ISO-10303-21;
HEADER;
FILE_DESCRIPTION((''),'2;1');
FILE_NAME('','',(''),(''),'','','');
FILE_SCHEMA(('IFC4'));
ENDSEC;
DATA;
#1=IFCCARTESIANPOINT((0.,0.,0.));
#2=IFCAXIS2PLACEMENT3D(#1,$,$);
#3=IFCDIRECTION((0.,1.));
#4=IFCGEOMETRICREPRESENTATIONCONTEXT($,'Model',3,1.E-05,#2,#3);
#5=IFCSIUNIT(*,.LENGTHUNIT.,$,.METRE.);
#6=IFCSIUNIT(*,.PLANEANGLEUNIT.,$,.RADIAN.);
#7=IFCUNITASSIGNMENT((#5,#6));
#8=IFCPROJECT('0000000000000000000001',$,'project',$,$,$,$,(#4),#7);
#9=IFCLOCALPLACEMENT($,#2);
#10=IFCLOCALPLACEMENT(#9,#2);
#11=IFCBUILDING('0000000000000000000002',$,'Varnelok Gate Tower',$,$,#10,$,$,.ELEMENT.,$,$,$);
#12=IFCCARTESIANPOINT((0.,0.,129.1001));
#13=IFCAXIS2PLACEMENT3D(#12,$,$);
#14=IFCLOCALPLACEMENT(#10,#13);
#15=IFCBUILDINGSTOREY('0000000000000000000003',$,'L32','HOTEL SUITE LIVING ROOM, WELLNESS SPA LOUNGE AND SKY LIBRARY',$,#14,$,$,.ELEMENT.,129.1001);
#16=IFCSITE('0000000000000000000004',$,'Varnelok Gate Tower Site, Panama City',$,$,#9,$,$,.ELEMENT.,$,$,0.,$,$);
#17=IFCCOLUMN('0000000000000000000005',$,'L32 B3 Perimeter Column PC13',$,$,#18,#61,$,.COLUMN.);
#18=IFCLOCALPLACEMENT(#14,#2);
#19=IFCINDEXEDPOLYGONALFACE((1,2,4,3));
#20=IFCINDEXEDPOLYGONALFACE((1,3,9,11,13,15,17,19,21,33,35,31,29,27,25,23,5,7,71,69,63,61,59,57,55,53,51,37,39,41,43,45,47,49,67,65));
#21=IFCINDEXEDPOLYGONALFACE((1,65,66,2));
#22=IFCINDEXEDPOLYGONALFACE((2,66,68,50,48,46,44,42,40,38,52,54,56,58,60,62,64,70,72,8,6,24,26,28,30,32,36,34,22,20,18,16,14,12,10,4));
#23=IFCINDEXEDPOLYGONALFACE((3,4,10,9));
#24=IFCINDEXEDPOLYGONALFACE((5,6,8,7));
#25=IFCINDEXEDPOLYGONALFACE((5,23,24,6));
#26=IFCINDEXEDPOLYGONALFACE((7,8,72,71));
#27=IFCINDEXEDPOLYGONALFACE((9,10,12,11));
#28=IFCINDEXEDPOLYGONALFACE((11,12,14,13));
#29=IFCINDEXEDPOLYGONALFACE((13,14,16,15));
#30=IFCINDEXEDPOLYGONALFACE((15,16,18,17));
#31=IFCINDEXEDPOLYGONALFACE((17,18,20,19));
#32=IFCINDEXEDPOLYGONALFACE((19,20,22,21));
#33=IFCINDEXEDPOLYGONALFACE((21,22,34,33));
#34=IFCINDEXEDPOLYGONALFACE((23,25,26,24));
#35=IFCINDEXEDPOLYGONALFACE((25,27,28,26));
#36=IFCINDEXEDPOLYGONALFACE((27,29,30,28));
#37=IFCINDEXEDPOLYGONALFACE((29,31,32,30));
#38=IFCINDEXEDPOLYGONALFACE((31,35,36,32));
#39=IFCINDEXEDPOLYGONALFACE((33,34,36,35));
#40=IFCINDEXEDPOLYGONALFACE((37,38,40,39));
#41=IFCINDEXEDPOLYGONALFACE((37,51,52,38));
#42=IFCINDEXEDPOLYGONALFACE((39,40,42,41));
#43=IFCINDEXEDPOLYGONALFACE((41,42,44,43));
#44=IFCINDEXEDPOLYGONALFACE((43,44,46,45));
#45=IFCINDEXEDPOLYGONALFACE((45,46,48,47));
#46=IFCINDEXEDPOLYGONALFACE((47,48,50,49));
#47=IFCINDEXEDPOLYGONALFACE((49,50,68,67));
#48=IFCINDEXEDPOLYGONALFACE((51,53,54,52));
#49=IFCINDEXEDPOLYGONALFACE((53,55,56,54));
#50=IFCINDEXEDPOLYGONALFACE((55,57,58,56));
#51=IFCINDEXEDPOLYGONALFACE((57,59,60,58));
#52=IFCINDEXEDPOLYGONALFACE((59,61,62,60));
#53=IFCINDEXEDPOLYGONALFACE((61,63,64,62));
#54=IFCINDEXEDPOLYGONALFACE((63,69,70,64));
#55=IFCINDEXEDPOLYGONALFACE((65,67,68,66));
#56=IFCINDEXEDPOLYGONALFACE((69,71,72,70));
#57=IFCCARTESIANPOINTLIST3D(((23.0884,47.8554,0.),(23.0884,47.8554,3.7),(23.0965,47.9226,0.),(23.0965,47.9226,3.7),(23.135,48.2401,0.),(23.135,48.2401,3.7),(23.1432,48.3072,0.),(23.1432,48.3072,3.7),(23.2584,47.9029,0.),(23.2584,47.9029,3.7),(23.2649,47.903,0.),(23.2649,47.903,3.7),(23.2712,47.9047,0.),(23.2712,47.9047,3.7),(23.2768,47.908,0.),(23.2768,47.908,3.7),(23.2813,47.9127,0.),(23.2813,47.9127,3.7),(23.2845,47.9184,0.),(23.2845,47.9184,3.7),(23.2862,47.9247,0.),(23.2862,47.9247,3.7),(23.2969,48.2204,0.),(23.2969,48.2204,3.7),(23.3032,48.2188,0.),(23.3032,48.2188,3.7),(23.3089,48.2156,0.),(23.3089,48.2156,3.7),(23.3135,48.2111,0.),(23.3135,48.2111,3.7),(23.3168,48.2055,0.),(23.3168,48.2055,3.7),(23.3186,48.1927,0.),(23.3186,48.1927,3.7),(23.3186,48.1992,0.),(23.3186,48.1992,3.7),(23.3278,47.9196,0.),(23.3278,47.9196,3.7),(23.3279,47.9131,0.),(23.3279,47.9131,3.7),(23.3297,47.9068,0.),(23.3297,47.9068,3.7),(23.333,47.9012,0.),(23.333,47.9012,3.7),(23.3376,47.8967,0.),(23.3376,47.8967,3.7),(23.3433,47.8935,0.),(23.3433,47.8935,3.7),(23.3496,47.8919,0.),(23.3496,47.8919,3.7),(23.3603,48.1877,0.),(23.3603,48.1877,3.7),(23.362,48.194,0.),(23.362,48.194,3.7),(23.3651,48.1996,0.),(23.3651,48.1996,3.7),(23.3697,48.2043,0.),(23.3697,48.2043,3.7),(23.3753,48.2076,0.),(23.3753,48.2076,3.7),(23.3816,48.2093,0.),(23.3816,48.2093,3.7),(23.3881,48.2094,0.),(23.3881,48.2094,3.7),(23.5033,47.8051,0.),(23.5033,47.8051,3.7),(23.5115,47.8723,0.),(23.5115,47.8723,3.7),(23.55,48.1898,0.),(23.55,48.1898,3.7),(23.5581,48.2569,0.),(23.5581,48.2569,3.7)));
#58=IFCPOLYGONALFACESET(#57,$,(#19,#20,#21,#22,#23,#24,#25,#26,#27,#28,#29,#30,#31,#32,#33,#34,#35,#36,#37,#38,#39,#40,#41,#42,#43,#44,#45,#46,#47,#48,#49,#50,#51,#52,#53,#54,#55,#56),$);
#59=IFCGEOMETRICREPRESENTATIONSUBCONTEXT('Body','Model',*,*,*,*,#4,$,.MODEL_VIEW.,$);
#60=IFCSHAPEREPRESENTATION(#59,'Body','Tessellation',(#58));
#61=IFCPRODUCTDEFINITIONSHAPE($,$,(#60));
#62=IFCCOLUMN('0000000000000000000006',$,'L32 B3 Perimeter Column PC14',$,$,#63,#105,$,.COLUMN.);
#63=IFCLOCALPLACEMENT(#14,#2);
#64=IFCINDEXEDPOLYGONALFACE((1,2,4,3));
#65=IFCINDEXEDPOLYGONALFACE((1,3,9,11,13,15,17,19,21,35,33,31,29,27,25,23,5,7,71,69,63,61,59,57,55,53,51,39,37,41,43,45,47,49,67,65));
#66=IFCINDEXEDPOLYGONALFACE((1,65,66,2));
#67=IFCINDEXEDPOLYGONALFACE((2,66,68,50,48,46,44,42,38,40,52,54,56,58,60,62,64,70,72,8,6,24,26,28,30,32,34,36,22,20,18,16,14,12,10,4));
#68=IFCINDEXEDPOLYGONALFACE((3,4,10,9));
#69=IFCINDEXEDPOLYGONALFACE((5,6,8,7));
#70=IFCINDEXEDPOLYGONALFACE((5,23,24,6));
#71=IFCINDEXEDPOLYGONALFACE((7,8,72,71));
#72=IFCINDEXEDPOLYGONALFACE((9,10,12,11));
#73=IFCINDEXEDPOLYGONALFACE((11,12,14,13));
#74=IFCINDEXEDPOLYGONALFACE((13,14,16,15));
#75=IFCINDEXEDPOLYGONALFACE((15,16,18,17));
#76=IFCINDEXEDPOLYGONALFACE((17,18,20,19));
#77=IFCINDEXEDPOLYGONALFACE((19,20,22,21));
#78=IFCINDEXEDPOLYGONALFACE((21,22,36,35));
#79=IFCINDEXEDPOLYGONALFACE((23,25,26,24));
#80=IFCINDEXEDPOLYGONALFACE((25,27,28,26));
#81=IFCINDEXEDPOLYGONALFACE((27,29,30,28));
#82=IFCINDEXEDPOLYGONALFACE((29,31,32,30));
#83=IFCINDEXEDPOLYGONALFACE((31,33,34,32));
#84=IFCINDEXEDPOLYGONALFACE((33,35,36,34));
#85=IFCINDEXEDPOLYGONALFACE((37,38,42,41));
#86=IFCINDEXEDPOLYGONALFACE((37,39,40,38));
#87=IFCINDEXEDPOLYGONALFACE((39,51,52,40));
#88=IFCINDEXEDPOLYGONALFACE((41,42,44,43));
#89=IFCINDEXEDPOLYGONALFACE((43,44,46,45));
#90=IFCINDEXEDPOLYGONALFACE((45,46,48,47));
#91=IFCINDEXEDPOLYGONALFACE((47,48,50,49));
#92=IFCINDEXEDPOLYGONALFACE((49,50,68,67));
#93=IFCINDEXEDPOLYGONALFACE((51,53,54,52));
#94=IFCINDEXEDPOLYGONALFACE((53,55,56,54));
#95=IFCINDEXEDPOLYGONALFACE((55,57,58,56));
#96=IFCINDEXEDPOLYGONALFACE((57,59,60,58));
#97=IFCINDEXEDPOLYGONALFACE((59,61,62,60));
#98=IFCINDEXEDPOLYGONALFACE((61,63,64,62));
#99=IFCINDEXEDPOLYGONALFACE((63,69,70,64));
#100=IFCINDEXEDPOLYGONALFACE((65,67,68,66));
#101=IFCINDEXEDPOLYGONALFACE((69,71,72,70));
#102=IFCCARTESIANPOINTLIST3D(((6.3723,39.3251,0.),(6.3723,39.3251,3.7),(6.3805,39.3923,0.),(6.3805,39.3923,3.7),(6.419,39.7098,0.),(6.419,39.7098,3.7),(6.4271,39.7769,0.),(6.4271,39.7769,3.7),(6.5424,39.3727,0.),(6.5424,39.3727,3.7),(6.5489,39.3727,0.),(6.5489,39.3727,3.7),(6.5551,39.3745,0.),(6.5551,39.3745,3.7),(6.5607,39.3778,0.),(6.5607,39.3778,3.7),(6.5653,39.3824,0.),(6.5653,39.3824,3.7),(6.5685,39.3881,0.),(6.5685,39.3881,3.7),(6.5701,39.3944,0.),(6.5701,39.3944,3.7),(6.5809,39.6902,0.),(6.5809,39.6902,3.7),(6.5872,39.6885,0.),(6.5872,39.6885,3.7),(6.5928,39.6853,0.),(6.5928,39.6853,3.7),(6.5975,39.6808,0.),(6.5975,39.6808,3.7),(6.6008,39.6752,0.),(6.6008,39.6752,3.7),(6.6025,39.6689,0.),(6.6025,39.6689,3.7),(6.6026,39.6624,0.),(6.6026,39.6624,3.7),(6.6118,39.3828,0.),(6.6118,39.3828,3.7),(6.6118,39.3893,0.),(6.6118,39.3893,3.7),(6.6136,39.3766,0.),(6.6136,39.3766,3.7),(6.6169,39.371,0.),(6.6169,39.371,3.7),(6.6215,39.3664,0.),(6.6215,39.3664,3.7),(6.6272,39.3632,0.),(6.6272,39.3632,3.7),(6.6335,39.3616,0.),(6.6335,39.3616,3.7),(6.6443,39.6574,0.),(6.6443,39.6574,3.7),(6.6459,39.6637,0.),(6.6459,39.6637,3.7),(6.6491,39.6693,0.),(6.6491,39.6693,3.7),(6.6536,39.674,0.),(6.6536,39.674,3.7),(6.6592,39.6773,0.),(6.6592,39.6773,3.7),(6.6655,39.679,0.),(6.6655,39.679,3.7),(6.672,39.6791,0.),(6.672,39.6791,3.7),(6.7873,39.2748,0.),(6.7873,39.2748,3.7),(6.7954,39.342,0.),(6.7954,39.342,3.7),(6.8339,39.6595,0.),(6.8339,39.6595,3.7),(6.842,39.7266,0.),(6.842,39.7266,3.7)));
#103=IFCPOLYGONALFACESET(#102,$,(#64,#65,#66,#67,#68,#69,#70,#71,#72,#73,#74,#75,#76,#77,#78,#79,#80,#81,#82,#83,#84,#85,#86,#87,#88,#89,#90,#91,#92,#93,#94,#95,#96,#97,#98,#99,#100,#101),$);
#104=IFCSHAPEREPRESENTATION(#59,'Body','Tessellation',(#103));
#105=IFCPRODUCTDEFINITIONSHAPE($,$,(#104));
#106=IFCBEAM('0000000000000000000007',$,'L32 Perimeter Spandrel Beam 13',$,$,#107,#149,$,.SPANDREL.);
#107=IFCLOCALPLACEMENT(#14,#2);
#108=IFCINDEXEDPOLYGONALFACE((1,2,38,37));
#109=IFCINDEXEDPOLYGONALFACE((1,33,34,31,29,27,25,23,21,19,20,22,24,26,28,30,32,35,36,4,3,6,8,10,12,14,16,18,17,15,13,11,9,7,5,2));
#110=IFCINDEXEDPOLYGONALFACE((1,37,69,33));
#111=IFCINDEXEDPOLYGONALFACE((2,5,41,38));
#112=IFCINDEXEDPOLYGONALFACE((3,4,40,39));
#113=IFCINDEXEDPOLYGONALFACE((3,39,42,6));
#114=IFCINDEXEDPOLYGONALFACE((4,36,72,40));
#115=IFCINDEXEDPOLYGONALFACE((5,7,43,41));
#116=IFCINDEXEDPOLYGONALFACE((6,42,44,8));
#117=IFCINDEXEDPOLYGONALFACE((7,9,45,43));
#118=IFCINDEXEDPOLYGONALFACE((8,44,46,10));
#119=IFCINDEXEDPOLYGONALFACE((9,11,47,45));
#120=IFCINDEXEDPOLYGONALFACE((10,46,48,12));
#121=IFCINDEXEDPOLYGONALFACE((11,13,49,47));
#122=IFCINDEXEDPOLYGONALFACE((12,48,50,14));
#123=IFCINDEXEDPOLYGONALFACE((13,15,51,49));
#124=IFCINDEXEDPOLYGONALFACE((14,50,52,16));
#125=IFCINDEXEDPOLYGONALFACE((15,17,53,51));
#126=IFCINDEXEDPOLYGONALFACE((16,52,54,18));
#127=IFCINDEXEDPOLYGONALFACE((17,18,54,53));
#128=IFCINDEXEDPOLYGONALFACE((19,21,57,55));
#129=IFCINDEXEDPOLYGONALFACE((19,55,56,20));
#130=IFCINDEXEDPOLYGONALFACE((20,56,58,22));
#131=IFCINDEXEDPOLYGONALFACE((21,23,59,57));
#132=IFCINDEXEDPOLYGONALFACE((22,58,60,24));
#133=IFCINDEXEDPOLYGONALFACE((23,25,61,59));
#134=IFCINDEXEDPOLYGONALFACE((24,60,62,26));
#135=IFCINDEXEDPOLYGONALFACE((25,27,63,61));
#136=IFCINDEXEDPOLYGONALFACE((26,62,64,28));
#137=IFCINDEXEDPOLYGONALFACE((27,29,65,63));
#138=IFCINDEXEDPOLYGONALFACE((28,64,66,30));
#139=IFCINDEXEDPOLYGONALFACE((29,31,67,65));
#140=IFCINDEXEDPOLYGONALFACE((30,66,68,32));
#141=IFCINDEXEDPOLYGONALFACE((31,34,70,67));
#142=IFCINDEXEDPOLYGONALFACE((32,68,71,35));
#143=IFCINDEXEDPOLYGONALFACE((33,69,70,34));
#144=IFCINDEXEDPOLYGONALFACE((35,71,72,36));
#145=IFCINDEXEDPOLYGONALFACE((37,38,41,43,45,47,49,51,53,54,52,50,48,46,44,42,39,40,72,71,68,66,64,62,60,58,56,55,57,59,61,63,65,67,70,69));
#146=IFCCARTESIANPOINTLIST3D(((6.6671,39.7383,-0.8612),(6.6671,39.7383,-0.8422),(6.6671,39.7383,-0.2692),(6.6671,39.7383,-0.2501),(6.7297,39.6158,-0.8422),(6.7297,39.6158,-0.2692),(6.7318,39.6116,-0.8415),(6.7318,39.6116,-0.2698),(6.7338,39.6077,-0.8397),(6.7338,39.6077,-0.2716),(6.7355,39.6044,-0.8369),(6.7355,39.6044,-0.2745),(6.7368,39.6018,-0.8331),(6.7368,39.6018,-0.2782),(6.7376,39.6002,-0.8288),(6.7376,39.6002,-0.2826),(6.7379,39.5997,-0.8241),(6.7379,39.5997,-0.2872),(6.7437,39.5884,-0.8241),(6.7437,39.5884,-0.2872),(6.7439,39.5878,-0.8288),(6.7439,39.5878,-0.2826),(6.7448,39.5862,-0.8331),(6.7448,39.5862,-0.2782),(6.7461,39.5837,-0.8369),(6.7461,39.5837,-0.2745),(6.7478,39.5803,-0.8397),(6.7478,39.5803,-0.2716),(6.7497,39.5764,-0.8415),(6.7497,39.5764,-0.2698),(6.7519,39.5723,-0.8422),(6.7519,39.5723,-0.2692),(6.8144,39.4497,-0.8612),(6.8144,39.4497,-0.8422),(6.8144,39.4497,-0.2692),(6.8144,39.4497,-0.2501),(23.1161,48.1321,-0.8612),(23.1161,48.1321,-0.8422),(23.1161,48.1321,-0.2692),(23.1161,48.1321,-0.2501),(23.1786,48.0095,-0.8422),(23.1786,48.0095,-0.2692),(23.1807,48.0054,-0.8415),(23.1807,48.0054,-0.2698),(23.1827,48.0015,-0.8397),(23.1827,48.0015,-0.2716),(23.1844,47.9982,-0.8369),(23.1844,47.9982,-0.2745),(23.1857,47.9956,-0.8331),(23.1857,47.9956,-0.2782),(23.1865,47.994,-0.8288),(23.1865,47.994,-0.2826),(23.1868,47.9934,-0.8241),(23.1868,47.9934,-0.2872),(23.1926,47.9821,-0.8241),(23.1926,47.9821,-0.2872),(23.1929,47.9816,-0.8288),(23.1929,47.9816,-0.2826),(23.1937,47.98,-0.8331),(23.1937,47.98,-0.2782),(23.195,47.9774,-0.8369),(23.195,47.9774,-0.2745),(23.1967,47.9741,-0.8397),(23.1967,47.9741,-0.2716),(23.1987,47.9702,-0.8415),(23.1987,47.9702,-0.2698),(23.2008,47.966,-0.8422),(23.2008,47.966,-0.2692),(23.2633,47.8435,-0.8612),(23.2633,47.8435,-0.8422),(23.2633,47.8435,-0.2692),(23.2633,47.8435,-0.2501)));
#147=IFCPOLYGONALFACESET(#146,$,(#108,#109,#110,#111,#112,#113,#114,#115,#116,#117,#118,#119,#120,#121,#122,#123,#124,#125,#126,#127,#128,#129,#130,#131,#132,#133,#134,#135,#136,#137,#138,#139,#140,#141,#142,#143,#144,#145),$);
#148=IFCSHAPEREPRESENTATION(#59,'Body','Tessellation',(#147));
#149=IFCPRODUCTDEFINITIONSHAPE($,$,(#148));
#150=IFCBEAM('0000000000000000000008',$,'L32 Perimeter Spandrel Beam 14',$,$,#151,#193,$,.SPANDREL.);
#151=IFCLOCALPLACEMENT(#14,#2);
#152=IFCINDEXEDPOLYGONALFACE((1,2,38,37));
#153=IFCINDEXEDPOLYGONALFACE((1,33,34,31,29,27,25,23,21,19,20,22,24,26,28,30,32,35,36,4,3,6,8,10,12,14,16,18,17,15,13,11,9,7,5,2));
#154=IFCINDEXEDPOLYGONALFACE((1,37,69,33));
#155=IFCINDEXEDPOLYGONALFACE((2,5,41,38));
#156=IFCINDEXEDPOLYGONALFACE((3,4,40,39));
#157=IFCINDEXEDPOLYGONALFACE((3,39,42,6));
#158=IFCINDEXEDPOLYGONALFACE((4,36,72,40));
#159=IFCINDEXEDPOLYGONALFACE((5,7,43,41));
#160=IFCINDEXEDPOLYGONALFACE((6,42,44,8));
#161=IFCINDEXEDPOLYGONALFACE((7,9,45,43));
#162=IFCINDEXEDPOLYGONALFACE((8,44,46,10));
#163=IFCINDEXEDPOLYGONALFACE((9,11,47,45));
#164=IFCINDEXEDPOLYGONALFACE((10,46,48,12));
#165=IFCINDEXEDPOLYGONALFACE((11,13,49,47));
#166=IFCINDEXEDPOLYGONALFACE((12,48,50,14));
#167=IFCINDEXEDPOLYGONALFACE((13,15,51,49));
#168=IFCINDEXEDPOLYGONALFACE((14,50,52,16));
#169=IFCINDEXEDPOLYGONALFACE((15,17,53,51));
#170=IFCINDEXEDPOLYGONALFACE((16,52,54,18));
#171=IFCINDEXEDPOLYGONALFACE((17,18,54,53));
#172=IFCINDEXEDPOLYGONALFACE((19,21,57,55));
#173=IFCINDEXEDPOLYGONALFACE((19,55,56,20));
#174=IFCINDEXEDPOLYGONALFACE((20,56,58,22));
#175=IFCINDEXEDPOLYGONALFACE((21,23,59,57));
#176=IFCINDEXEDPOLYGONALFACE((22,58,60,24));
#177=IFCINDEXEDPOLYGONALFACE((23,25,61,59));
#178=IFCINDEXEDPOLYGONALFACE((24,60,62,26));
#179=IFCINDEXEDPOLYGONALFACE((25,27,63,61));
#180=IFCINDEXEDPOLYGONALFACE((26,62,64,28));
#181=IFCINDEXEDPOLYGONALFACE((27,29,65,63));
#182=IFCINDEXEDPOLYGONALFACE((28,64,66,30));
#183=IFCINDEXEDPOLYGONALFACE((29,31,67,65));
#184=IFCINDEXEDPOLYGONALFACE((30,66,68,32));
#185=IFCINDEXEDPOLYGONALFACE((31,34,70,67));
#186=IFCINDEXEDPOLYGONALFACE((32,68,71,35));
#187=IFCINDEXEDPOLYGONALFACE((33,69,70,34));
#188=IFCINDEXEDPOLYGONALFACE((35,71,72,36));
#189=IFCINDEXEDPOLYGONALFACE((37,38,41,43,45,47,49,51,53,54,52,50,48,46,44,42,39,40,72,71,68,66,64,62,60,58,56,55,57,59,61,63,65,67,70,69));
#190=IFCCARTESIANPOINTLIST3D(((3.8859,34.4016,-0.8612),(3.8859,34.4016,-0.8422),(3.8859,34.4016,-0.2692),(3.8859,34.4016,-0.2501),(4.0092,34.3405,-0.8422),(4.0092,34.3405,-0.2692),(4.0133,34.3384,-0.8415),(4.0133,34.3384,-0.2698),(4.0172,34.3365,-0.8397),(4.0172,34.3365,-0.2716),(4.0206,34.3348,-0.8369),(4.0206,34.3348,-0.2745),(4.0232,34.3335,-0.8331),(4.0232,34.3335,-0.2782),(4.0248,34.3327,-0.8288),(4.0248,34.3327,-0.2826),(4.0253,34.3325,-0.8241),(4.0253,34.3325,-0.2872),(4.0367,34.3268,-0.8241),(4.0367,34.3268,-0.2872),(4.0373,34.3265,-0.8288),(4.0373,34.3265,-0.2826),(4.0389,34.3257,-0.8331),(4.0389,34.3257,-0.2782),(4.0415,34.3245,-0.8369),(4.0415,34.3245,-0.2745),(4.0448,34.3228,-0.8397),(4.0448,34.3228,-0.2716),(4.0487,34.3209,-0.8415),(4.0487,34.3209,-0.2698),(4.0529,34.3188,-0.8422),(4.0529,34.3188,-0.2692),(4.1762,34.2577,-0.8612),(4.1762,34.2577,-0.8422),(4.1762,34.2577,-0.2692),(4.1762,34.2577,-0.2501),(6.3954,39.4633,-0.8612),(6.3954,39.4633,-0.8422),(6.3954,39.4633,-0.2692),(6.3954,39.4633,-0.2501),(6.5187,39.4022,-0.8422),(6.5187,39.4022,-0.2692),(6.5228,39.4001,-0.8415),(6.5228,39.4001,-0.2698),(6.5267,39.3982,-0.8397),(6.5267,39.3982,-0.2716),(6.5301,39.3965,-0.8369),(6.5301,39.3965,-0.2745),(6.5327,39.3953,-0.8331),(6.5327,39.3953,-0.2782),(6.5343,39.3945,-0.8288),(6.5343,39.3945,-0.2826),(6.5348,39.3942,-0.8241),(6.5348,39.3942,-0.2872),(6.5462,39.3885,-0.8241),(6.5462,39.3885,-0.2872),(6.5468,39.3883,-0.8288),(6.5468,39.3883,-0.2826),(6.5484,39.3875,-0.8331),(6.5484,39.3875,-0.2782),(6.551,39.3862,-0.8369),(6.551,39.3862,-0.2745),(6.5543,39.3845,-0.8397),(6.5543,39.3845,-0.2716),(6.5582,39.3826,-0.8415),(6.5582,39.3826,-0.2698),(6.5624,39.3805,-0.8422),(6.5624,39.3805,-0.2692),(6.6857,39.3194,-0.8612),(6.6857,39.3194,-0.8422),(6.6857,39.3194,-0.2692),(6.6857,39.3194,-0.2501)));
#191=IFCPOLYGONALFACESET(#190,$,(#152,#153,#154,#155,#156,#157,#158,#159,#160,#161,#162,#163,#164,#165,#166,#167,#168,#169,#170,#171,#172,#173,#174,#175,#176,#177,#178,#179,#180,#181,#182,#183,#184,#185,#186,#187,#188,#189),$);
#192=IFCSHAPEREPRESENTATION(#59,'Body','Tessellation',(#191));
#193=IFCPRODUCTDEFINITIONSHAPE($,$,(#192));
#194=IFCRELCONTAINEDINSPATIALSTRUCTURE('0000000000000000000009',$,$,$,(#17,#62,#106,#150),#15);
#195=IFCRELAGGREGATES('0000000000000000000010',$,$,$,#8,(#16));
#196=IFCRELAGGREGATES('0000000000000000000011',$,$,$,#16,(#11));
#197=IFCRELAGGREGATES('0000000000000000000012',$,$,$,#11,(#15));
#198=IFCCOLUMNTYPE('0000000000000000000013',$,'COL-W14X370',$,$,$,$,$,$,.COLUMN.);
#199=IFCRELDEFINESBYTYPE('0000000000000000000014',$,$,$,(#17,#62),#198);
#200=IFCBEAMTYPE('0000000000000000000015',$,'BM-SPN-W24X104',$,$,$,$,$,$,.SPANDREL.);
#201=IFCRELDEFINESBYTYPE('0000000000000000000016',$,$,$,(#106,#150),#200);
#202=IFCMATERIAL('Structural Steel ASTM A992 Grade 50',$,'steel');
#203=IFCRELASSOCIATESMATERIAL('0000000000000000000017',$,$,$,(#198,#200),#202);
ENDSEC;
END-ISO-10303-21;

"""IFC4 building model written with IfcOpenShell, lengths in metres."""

from ifc_helpers import new_model, si_unit, direction, frame, origin, origin_2d, place, context, subcontext, project, spatial, i_section, extrude, material, material_profile, profile_set, type_object, element, save


model = new_model("IFC4")

# Units and contexts
model_context = context("Model", 3, precision=1e-05, world=origin(), true_north=direction((0.0, 1.0)))
body_context = subcontext(model_context, "Body", "Model", "MODEL_VIEW")
ifc_project = project(units=[si_unit("LENGTHUNIT", "METRE"), si_unit("PLANEANGLEUNIT", "RADIAN")], contexts=[model_context])

# Site, building, storey
site_placement = place(None, origin())
site = spatial("IfcSite", under=ifc_project, at=site_placement, Name="Varnelok Gate Tower Site, Panama City", CompositionType="ELEMENT", RefElevation=0.0)
building_placement = place(site_placement, origin())
building = spatial("IfcBuilding", under=site, at=building_placement, Name="Varnelok Gate Tower", CompositionType="ELEMENT")
storey_placement = place(building_placement, frame((0.0, 0.0, 129.1001)))
storey = spatial("IfcBuildingStorey", under=building, at=storey_placement, Name="L32", Description="HOTEL SUITE LIVING ROOM, WELLNESS SPA LOUNGE AND SKY LIBRARY", CompositionType="ELEMENT", Elevation=129.1001)

# Columns
ifc_material_1 = material(Name="Structural Steel ASTM A992 Grade 50", Category="steel")
ifc_material_profile_1 = material_profile(ifc_material_1, i_section(OverallWidth=0.418, OverallDepth=0.4551, WebThickness=0.042, FlangeThickness=0.0676, FilletRadius=0.0249, at=origin_2d()), Name="W14X370")
ifc_profile_set_1 = profile_set([ifc_material_profile_1], Name="Structural Steel ASTM A992 Grade 50")
column_type = type_object("IfcColumnType", Name="COL-W14X370", PredefinedType="COLUMN", material=ifc_profile_set_1)
for number, where, z_axis, x_axis, name in (
    (1, (23.3232, 48.0562, 0.0), (0.0, 0.0, 1.0), (0.992732, -0.120345, 0.0), "L32 B3 Perimeter Column PC13"),
    (2, (6.6072, 39.5259, 0.0), (0.0, 0.0, 1.0), (0.992732, -0.120345, 0.0), "L32 B3 Perimeter Column PC14"),
):
    element("IfcColumn", number, at=place(storey_placement, frame(where, z_axis=z_axis, x_axis=x_axis)), inside=storey, type_object=column_type, Name=name, PredefinedType="COLUMN", context=body_context, shape_type="SweptSolid", body=[
        extrude(i_section(OverallWidth=0.418, OverallDepth=0.4551, WebThickness=0.042, FlangeThickness=0.0676, FilletRadius=0.0249, at=origin_2d()), origin(), (0.0, 0.0, 1.0), 3.7),
    ])

# Beams
ifc_material_profile_2 = material_profile(ifc_material_1, i_section(OverallWidth=0.324, OverallDepth=0.6111, WebThickness=0.0127, FlangeThickness=0.019, FilletRadius=0.0181, at=origin_2d()), Name="W24X104")
ifc_profile_set_2 = profile_set([ifc_material_profile_2], Name="Structural Steel ASTM A992 Grade 50")
beam_type = type_object("IfcBeamType", Name="BM-SPN-W24X104", PredefinedType="SPANDREL", material=ifc_profile_set_2)
beam_1_placement = place(storey_placement, frame((23.1897, 47.9878, -0.5557), z_axis=(-0.89073, -0.454533, 0.0), x_axis=(0.454533, -0.89073, 0.0)))
element("IfcBeam", 3, at=beam_1_placement, inside=storey, type_object=beam_type, Name="L32 Perimeter Spandrel Beam 13", PredefinedType="SPANDREL", context=body_context, shape_type="SweptSolid", body=[
    extrude(i_section(OverallWidth=0.324, OverallDepth=0.6111, WebThickness=0.0127, FlangeThickness=0.019, FilletRadius=0.0181, at=origin_2d()), origin(), (0.0, 0.0, 1.0), 18.4668),
])
beam_2_placement = place(storey_placement, frame((6.5405, 39.3914, -0.5557), z_axis=(-0.444186, -0.895935, 0.0), x_axis=(0.895935, -0.444186, 0.0)))
element("IfcBeam", 4, at=beam_2_placement, inside=storey, type_object=beam_type, Name="L32 Perimeter Spandrel Beam 14", PredefinedType="SPANDREL", context=body_context, shape_type="SweptSolid", body=[
    extrude(i_section(OverallWidth=0.324, OverallDepth=0.6111, WebThickness=0.0127, FlangeThickness=0.019, FilletRadius=0.0181, at=origin_2d()), origin(), (0.0, 0.0, 1.0), 5.6497),
])

save(model, "model.ifc")
